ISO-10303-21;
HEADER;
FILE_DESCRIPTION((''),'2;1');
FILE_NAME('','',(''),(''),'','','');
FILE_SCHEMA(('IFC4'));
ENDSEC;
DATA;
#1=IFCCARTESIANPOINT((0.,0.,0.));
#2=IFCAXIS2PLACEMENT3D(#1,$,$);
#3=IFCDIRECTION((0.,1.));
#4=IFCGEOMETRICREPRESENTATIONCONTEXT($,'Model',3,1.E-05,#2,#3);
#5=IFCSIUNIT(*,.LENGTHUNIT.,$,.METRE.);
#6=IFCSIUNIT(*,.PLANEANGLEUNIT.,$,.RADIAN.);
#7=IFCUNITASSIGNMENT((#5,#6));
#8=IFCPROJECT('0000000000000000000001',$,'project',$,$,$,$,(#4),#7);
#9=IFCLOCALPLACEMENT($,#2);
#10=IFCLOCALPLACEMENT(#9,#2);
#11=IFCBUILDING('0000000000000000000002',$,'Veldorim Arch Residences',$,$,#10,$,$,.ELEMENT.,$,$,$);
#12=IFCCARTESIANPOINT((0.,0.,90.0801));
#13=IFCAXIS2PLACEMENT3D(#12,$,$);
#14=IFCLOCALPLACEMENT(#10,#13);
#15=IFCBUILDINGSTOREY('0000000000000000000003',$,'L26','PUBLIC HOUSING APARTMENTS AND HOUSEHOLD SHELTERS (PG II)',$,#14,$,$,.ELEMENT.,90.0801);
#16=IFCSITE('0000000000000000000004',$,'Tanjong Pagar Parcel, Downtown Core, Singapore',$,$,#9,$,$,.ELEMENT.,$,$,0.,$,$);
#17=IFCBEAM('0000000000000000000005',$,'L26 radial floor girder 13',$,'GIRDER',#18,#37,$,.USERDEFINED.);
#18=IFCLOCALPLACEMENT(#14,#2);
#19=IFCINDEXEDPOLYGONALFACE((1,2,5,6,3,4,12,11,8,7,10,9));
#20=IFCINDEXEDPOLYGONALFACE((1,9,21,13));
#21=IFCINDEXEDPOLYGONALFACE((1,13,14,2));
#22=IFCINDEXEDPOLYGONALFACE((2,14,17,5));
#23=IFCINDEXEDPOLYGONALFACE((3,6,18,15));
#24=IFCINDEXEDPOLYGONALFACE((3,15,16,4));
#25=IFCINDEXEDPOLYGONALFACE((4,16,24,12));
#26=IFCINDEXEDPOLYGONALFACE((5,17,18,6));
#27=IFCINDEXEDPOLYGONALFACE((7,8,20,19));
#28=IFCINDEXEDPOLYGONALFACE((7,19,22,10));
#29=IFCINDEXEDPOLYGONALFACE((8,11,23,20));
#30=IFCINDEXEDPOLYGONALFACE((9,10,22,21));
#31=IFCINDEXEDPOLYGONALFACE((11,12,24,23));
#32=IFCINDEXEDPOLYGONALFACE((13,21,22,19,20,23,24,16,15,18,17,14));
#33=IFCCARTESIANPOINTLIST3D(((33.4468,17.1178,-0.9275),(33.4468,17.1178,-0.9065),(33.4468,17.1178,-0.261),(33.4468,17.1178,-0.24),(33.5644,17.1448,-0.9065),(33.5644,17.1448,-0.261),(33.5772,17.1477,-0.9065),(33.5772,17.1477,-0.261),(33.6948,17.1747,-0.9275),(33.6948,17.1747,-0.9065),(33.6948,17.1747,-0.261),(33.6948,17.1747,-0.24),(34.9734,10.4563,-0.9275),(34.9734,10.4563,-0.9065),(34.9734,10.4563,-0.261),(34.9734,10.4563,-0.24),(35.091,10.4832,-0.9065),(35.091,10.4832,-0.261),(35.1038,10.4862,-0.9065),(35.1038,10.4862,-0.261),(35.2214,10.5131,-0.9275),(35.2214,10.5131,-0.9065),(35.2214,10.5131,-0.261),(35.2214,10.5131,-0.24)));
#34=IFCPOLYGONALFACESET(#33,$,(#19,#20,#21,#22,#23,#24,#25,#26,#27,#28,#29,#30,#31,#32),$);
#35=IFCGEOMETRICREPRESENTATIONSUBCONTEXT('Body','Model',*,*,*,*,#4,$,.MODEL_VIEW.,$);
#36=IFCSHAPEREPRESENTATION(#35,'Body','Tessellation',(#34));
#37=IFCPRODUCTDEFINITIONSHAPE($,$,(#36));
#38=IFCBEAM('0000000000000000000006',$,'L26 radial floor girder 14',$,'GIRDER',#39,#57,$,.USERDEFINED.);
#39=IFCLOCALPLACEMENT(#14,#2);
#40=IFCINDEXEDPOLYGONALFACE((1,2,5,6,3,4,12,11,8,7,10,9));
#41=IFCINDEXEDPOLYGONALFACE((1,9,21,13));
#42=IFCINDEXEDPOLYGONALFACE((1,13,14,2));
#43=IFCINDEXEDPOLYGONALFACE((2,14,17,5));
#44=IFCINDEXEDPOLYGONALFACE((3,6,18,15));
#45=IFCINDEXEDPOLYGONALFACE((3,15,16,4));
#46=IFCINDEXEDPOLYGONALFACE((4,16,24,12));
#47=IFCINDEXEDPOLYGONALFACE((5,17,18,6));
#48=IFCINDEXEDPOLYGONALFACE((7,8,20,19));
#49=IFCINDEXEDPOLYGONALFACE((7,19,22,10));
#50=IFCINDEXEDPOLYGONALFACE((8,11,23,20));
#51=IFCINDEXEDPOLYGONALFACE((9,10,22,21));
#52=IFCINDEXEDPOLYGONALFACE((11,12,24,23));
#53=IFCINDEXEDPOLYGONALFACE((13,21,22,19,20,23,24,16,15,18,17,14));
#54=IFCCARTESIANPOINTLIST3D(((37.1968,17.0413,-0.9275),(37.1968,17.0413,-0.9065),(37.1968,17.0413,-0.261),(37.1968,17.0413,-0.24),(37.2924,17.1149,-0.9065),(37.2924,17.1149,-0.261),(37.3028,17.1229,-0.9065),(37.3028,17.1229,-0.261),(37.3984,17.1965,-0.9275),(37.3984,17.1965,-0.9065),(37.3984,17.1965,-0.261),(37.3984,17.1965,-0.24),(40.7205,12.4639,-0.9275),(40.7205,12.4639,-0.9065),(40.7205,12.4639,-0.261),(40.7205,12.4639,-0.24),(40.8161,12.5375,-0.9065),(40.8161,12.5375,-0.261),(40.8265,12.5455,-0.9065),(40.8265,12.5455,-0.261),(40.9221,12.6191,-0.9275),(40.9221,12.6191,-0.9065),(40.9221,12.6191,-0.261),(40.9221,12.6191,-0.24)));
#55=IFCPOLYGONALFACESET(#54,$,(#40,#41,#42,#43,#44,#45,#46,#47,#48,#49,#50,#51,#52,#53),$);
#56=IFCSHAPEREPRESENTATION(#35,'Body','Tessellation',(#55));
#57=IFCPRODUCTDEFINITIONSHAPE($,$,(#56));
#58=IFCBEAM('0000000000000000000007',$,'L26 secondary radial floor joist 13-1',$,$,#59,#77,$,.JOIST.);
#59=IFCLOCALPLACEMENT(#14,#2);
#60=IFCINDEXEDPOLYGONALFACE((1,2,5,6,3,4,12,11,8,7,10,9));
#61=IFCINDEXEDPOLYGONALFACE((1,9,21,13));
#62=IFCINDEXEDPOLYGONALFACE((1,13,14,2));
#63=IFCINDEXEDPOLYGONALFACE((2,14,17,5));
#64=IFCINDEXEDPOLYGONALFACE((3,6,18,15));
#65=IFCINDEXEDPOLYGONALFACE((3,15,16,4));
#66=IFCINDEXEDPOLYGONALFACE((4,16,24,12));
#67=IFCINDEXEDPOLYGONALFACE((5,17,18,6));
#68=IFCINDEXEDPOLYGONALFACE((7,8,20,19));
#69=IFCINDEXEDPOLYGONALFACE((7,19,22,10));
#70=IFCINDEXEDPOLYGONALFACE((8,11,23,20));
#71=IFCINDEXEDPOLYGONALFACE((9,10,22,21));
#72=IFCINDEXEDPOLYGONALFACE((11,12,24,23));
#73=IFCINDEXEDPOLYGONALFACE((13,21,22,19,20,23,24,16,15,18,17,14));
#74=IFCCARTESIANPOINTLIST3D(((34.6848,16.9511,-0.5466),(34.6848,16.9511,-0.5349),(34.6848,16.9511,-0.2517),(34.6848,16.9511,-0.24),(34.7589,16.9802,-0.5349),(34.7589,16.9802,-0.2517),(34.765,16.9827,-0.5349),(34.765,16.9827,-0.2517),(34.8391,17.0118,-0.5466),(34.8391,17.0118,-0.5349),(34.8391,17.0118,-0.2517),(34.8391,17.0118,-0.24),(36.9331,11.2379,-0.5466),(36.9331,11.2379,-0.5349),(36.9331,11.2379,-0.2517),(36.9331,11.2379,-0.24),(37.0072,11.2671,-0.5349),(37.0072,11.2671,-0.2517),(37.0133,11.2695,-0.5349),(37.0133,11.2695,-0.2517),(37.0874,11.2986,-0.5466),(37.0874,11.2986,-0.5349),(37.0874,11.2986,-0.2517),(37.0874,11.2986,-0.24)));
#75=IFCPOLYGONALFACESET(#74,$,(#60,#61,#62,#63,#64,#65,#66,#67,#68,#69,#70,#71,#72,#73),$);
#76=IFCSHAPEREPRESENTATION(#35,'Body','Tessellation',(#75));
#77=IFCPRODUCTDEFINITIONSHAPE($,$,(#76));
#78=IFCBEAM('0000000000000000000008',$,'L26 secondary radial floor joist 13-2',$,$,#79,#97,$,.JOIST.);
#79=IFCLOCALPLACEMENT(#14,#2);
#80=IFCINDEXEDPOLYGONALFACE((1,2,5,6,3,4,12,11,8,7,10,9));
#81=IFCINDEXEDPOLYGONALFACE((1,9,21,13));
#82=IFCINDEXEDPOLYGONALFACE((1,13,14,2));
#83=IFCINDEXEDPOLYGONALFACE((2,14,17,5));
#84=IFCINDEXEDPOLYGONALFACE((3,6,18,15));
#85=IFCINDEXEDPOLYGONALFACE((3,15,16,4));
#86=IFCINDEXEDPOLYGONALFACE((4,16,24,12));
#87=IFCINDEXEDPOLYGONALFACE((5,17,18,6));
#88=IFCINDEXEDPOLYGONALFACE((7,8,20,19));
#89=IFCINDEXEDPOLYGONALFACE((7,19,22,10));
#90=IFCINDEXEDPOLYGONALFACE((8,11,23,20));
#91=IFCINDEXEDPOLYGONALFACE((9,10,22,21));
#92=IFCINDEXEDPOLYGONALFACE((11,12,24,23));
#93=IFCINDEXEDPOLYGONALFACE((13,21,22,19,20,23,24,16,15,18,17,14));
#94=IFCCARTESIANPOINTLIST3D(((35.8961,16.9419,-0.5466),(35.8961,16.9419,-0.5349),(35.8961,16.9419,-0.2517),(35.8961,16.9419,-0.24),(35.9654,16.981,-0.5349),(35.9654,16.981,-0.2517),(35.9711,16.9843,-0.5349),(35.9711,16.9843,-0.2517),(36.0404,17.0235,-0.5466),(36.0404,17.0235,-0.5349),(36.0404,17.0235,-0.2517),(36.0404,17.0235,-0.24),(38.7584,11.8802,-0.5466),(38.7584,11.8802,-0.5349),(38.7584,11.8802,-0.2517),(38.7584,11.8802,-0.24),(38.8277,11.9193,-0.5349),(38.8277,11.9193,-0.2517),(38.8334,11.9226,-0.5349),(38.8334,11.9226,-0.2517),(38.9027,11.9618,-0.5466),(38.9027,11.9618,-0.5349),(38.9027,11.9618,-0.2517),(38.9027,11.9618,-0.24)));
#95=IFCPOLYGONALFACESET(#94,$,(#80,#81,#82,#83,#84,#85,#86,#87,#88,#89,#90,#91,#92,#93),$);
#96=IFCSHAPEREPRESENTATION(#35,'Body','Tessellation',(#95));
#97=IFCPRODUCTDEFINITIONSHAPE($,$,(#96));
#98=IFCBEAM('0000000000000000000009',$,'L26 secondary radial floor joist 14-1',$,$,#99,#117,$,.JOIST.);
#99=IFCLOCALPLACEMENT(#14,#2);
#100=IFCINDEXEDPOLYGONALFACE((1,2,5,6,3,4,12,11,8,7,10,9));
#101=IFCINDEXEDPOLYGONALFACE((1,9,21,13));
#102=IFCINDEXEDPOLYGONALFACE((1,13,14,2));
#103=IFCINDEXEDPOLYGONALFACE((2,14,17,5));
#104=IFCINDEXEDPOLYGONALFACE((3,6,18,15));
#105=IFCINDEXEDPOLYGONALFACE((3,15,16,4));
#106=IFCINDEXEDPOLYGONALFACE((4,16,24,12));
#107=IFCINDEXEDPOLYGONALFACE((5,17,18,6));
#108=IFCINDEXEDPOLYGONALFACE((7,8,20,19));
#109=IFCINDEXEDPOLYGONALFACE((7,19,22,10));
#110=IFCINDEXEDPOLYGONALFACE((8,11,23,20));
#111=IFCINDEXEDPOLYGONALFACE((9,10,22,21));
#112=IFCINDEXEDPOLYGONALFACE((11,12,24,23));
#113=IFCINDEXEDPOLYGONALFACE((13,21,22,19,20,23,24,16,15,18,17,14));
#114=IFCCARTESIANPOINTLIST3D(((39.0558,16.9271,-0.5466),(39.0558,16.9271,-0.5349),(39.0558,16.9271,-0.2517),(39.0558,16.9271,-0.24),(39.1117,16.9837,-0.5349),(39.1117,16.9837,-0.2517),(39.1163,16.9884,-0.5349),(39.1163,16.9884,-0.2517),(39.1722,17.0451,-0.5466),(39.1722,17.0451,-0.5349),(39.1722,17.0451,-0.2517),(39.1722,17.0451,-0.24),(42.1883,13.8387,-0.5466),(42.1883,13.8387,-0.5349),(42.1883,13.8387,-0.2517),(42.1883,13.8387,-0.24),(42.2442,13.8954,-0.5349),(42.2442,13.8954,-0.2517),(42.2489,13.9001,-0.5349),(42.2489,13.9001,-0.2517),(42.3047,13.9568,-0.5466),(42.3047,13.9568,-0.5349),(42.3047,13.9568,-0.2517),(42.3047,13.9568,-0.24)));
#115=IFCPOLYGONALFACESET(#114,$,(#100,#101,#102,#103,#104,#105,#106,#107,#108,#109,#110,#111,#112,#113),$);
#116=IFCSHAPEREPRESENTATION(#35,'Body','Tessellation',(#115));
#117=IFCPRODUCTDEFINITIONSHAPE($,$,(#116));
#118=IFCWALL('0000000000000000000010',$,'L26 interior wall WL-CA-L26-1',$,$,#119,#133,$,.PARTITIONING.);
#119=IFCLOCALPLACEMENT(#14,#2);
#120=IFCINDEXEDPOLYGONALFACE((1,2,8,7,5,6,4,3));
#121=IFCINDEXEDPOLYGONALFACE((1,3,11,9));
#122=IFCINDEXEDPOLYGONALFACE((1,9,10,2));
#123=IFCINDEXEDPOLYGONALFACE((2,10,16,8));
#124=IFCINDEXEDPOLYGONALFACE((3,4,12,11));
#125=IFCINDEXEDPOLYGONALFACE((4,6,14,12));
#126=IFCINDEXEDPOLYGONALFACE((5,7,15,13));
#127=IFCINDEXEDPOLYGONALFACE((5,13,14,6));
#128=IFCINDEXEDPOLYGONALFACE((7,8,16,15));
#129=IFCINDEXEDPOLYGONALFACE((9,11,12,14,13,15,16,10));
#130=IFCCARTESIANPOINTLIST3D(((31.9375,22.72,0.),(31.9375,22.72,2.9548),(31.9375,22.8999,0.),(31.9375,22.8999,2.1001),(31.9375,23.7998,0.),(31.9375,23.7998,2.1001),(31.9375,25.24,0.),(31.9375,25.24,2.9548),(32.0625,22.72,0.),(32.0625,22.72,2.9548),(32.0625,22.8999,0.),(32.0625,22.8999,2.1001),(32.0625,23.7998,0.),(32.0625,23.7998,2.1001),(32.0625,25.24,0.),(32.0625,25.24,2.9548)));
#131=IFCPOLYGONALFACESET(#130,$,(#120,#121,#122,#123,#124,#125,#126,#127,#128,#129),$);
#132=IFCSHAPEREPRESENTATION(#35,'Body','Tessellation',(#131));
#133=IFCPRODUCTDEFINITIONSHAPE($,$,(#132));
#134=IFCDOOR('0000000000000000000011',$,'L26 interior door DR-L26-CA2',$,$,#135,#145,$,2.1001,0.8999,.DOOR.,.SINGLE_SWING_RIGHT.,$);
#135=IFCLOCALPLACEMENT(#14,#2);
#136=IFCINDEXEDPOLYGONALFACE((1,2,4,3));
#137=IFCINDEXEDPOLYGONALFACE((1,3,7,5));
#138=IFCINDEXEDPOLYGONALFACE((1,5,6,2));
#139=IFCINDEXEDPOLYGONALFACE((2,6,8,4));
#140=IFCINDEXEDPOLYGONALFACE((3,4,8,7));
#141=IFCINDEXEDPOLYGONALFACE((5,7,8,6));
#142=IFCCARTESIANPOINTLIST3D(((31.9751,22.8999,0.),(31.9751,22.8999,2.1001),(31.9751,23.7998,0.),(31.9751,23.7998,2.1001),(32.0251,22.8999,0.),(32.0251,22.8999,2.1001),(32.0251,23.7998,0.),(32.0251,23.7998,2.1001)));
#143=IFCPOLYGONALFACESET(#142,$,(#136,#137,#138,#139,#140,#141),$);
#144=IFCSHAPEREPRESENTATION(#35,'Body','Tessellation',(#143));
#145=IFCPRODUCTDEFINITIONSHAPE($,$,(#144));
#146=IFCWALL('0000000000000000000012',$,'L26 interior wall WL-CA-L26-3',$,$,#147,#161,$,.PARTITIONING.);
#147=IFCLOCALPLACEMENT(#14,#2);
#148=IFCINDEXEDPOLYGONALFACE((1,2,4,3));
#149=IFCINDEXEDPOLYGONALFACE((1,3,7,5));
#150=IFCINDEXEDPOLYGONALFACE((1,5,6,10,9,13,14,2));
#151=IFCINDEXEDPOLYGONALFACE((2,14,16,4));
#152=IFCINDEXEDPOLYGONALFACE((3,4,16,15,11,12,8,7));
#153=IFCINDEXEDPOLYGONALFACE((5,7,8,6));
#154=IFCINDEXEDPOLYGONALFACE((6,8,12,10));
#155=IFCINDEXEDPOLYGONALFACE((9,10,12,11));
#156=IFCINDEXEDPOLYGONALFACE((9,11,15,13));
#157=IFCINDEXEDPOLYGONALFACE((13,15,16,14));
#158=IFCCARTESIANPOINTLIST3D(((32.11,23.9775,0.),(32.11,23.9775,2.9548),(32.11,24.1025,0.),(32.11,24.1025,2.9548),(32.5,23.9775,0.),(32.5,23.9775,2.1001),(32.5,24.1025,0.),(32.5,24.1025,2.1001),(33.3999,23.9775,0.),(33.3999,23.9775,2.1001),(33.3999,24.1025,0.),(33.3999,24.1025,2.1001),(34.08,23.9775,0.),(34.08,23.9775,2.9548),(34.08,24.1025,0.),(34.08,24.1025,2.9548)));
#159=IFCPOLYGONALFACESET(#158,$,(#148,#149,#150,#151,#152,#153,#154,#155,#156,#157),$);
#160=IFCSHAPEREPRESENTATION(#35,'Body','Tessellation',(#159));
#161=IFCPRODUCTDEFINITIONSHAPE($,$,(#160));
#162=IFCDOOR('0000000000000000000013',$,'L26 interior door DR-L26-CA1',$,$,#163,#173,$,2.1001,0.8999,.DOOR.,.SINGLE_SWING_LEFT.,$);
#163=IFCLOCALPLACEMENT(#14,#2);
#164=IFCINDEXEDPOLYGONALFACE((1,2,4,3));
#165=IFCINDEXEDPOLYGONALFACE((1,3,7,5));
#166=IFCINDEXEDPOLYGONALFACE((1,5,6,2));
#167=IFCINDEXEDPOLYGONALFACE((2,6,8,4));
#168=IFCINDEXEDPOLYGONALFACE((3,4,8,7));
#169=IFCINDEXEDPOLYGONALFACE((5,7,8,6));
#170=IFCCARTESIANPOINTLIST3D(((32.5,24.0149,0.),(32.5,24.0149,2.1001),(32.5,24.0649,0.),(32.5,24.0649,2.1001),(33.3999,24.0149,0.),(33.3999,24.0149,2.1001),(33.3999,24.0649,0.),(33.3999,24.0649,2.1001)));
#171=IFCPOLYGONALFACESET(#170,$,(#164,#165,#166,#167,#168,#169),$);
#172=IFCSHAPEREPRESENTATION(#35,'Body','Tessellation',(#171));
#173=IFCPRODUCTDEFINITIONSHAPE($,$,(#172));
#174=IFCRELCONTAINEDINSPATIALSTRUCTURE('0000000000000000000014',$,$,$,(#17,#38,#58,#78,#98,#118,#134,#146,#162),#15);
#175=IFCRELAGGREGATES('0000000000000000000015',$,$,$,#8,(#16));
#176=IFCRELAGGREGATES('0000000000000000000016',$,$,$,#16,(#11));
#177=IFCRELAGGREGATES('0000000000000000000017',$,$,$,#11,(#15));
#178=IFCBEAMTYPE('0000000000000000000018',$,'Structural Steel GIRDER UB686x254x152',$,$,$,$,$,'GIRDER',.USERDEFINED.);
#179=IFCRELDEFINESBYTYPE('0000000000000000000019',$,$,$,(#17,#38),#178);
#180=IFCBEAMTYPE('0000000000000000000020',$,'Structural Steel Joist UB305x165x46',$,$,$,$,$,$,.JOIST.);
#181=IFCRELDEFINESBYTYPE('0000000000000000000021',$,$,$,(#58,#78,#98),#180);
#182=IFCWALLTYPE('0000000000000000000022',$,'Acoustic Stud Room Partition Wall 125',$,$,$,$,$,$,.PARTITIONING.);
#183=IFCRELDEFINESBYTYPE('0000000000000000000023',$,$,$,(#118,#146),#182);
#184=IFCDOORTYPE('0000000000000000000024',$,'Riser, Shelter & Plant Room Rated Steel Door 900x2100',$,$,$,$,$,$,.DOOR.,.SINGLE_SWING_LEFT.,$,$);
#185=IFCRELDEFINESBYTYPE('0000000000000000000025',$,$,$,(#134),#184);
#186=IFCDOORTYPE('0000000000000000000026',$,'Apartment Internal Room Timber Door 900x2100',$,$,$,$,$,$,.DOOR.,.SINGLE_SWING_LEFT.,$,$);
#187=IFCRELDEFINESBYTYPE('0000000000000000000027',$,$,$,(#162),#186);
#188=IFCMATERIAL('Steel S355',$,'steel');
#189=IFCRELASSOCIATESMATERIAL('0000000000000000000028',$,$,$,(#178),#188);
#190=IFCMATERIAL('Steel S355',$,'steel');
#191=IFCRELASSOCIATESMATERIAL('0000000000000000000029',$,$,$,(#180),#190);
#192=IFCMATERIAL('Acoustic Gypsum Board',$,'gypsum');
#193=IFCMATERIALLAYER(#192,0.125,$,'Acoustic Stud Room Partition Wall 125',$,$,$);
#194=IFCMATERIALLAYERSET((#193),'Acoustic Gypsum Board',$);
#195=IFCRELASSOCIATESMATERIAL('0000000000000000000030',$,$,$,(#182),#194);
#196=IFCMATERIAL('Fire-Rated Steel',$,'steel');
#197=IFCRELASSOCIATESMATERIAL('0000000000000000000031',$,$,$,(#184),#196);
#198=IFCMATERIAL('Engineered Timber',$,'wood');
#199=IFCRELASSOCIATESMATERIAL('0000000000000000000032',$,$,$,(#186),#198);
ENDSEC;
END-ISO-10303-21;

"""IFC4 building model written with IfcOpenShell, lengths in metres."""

from ifc_helpers import new_model, si_unit, direction, frame, frame_2d, origin, origin_2d, place, context, subcontext, project, spatial, rectangle, i_section, extrude, material, layer, layer_set, material_profile, profile_set, type_object, element, fill, save


model = new_model("IFC4")

# Units and contexts
model_context = context("Model", 3, precision=1e-05, world=origin(), true_north=direction((0.0, 1.0)))
body_context = subcontext(model_context, "Body", "Model", "MODEL_VIEW")
ifc_project = project(units=[si_unit("LENGTHUNIT", "METRE"), si_unit("PLANEANGLEUNIT", "RADIAN")], contexts=[model_context])

# Site, building, storey
site_placement = place(None, origin())
site = spatial("IfcSite", under=ifc_project, at=site_placement, Name="Tanjong Pagar Parcel, Downtown Core, Singapore", CompositionType="ELEMENT", RefElevation=0.0)
building_placement = place(site_placement, origin())
building = spatial("IfcBuilding", under=site, at=building_placement, Name="Veldorim Arch Residences", CompositionType="ELEMENT")
storey_placement = place(building_placement, frame((0.0, 0.0, 90.0801)))
storey = spatial("IfcBuildingStorey", under=building, at=storey_placement, Name="L26", Description="PUBLIC HOUSING APARTMENTS AND HOUSEHOLD SHELTERS (PG II)", CompositionType="ELEMENT", Elevation=90.0801)

# Beams
ifc_material_1 = material(Name="Steel S355", Category="steel")
ifc_material_profile_1 = material_profile(ifc_material_1, i_section(OverallWidth=0.2544, OverallDepth=0.6875, WebThickness=0.0132, FlangeThickness=0.021, at=origin_2d()), Name="UB686x254x152")
ifc_profile_set_1 = profile_set([ifc_material_profile_1], Name="Steel S355")
beam_type_1 = type_object("IfcBeamType", Name="Structural Steel GIRDER UB686x254x152", ElementType="GIRDER", PredefinedType="USERDEFINED", material=ifc_profile_set_1)
beam_1_placement = place(storey_placement, frame((33.5708, 17.1462, -0.5837), z_axis=(0.223375, -0.974733, 0.0), x_axis=(0.974733, 0.223375, 0.0)))
element("IfcBeam", 1, at=beam_1_placement, inside=storey, type_object=beam_type_1, Name="L26 radial floor girder 13", ObjectType="GIRDER", PredefinedType="USERDEFINED", context=body_context, shape_type="SweptSolid", body=[
    extrude(i_section(OverallWidth=0.2544, OverallDepth=0.6875, WebThickness=0.0132, FlangeThickness=0.021, at=origin_2d()), origin(), (0.0, 0.0, 1.0), 6.8342),
])
beam_2_placement = place(storey_placement, frame((37.2976, 17.1189, -0.5837), z_axis=(0.609995, -0.792406, 0.0), x_axis=(0.792406, 0.609995, 0.0)))
element("IfcBeam", 2, at=beam_2_placement, inside=storey, type_object=beam_type_1, Name="L26 radial floor girder 14", ObjectType="GIRDER", PredefinedType="USERDEFINED", context=body_context, shape_type="SweptSolid", body=[
    extrude(i_section(OverallWidth=0.2544, OverallDepth=0.6875, WebThickness=0.0132, FlangeThickness=0.021, at=origin_2d()), origin(), (0.0, 0.0, 1.0), 5.7766),
])
ifc_material_2 = material(Name="Steel S355", Category="steel")
ifc_material_profile_2 = material_profile(ifc_material_2, i_section(OverallWidth=0.1658, OverallDepth=0.3066, WebThickness=0.0066, FlangeThickness=0.0117, at=origin_2d()), Name="UB305x165x46")
ifc_profile_set_2 = profile_set([ifc_material_profile_2], Name="Steel S355")
beam_type_2 = type_object("IfcBeamType", Name="Structural Steel Joist UB305x165x46", PredefinedType="JOIST", material=ifc_profile_set_2)
beam_3_placement = place(storey_placement, frame((34.762, 16.9814, -0.3933), z_axis=(0.366195, -0.930538, 0.0), x_axis=(0.930538, 0.366195, 0.0)))
element("IfcBeam", 3, at=beam_3_placement, inside=storey, type_object=beam_type_2, Name="L26 secondary radial floor joist 13-1", PredefinedType="JOIST", context=body_context, shape_type="SweptSolid", body=[
    extrude(i_section(OverallWidth=0.1658, OverallDepth=0.3066, WebThickness=0.0066, FlangeThickness=0.0117, at=origin_2d()), origin(), (0.0, 0.0, 1.0), 6.1396),
])
beam_4_placement = place(storey_placement, frame((35.9683, 16.9827, -0.3933), z_axis=(0.492227, -0.870467, 0.0), x_axis=(0.870467, 0.492227, 0.0)))
element("IfcBeam", 4, at=beam_4_placement, inside=storey, type_object=beam_type_2, Name="L26 secondary radial floor joist 13-2", PredefinedType="JOIST", context=body_context, shape_type="SweptSolid", body=[
    extrude(i_section(OverallWidth=0.1658, OverallDepth=0.3066, WebThickness=0.0066, FlangeThickness=0.0117, at=origin_2d()), origin(), (0.0, 0.0, 1.0), 5.8149),
])
beam_5_placement = place(storey_placement, frame((39.114, 16.9861, -0.3933), z_axis=(0.712112, -0.702066, 0.0), x_axis=(0.702066, 0.712112, 0.0)))
element("IfcBeam", 5, at=beam_5_placement, inside=storey, type_object=beam_type_2, Name="L26 secondary radial floor joist 14-1", PredefinedType="JOIST", context=body_context, shape_type="SweptSolid", body=[
    extrude(i_section(OverallWidth=0.1658, OverallDepth=0.3066, WebThickness=0.0066, FlangeThickness=0.0117, at=origin_2d()), origin(), (0.0, 0.0, 1.0), 4.3989),
])

# Walls, openings, doors
ifc_material_3 = material(Name="Acoustic Gypsum Board", Category="gypsum")
ifc_layer_1 = layer(ifc_material_3, 0.125, Name="Acoustic Stud Room Partition Wall 125")
ifc_layer_set_1 = layer_set([ifc_layer_1], Name="Acoustic Gypsum Board")
wall_type_1 = type_object("IfcWallType", Name="Acoustic Stud Room Partition Wall 125", PredefinedType="PARTITIONING", material=ifc_layer_set_1)
wall_1_placement = place(storey_placement, frame((32.0, 22.72, 0.0), z_axis=(0.0, 0.0, 1.0), x_axis=(0.0, 1.0, 0.0)))
wall_1 = element("IfcWall", 6, at=wall_1_placement, inside=storey, type_object=wall_type_1, Name="L26 interior wall WL-CA-L26-1", PredefinedType="PARTITIONING", context=body_context, shape_type="SweptSolid", body=[
    extrude(rectangle(XDim=2.52, YDim=0.125, at=frame_2d((1.26, 0.0))), origin(), (0.0, 0.0, 1.0), 2.9548),
])
opening_1_placement = place(wall_1_placement, frame((0.1799, 0.0, 0.0)))
opening_1 = element("IfcOpeningElement", 7, at=opening_1_placement, cuts=wall_1, PredefinedType="OPENING", context=body_context, shape_type="SweptSolid", body=[
    extrude(rectangle(XDim=0.8999, YDim=2.1001, at=frame_2d((0.45, 1.05))), frame((0.0, 0.0725, 0.0), z_axis=(0.0, -1.0, 0.0), x_axis=(1.0, 0.0, 0.0)), (0.0, 0.0, 1.0), 0.145),
])
ifc_material_4 = material(Name="Fire-Rated Steel", Category="steel")
door_type_1 = type_object("IfcDoorType", Name="Riser, Shelter & Plant Room Rated Steel Door 900x2100", OperationType="SINGLE_SWING_LEFT", PredefinedType="DOOR", material=ifc_material_4)
door_1_placement = place(opening_1_placement, origin())
door_1 = element("IfcDoor", 8, at=door_1_placement, inside=storey, type_object=door_type_1, Name="L26 interior door DR-L26-CA2", OperationType="SINGLE_SWING_RIGHT", OverallHeight=2.1001, OverallWidth=0.8999, PredefinedType="DOOR", context=body_context, shape_type="SweptSolid", body=[
    extrude(rectangle(XDim=0.8999, YDim=2.1001, at=frame_2d((0.45, 1.05))), frame((0.0, 0.0249, 0.0), z_axis=(0.0, -1.0, 0.0), x_axis=(1.0, 0.0, 0.0)), (0.0, 0.0, 1.0), 0.05),
])
fill(opening_1, door_1)
wall_2_placement = place(storey_placement, frame((32.1101, 24.04, 0.0), z_axis=(0.0, 0.0, 1.0), x_axis=(1.0, 0.0, 0.0)))
wall_2 = element("IfcWall", 9, at=wall_2_placement, inside=storey, type_object=wall_type_1, Name="L26 interior wall WL-CA-L26-3", PredefinedType="PARTITIONING", context=body_context, shape_type="SweptSolid", body=[
    extrude(rectangle(XDim=1.97, YDim=0.125, at=frame_2d((0.9849, 0.0))), origin(), (0.0, 0.0, 1.0), 2.9548),
])
opening_2_placement = place(wall_2_placement, frame((0.3899, 0.0, 0.0)))
opening_2 = element("IfcOpeningElement", 10, at=opening_2_placement, cuts=wall_2, PredefinedType="OPENING", context=body_context, shape_type="SweptSolid", body=[
    extrude(rectangle(XDim=0.8999, YDim=2.1001, at=frame_2d((0.45, 1.05))), frame((0.0, 0.0725, 0.0), z_axis=(0.0, -1.0, 0.0), x_axis=(1.0, 0.0, 0.0)), (0.0, 0.0, 1.0), 0.145),
])
ifc_material_5 = material(Name="Engineered Timber", Category="wood")
door_type_2 = type_object("IfcDoorType", Name="Apartment Internal Room Timber Door 900x2100", OperationType="SINGLE_SWING_LEFT", PredefinedType="DOOR", material=ifc_material_5)
door_2_placement = place(opening_2_placement, origin())
door_2 = element("IfcDoor", 11, at=door_2_placement, inside=storey, type_object=door_type_2, Name="L26 interior door DR-L26-CA1", OperationType="SINGLE_SWING_LEFT", OverallHeight=2.1001, OverallWidth=0.8999, PredefinedType="DOOR", context=body_context, shape_type="SweptSolid", body=[
    extrude(rectangle(XDim=0.8999, YDim=2.1001, at=frame_2d((0.45, 1.05))), frame((0.0, 0.0249, 0.0), z_axis=(0.0, -1.0, 0.0), x_axis=(1.0, 0.0, 0.0)), (0.0, 0.0, 1.0), 0.05),
])
fill(opening_2, door_2)

save(model, "model.ifc")
